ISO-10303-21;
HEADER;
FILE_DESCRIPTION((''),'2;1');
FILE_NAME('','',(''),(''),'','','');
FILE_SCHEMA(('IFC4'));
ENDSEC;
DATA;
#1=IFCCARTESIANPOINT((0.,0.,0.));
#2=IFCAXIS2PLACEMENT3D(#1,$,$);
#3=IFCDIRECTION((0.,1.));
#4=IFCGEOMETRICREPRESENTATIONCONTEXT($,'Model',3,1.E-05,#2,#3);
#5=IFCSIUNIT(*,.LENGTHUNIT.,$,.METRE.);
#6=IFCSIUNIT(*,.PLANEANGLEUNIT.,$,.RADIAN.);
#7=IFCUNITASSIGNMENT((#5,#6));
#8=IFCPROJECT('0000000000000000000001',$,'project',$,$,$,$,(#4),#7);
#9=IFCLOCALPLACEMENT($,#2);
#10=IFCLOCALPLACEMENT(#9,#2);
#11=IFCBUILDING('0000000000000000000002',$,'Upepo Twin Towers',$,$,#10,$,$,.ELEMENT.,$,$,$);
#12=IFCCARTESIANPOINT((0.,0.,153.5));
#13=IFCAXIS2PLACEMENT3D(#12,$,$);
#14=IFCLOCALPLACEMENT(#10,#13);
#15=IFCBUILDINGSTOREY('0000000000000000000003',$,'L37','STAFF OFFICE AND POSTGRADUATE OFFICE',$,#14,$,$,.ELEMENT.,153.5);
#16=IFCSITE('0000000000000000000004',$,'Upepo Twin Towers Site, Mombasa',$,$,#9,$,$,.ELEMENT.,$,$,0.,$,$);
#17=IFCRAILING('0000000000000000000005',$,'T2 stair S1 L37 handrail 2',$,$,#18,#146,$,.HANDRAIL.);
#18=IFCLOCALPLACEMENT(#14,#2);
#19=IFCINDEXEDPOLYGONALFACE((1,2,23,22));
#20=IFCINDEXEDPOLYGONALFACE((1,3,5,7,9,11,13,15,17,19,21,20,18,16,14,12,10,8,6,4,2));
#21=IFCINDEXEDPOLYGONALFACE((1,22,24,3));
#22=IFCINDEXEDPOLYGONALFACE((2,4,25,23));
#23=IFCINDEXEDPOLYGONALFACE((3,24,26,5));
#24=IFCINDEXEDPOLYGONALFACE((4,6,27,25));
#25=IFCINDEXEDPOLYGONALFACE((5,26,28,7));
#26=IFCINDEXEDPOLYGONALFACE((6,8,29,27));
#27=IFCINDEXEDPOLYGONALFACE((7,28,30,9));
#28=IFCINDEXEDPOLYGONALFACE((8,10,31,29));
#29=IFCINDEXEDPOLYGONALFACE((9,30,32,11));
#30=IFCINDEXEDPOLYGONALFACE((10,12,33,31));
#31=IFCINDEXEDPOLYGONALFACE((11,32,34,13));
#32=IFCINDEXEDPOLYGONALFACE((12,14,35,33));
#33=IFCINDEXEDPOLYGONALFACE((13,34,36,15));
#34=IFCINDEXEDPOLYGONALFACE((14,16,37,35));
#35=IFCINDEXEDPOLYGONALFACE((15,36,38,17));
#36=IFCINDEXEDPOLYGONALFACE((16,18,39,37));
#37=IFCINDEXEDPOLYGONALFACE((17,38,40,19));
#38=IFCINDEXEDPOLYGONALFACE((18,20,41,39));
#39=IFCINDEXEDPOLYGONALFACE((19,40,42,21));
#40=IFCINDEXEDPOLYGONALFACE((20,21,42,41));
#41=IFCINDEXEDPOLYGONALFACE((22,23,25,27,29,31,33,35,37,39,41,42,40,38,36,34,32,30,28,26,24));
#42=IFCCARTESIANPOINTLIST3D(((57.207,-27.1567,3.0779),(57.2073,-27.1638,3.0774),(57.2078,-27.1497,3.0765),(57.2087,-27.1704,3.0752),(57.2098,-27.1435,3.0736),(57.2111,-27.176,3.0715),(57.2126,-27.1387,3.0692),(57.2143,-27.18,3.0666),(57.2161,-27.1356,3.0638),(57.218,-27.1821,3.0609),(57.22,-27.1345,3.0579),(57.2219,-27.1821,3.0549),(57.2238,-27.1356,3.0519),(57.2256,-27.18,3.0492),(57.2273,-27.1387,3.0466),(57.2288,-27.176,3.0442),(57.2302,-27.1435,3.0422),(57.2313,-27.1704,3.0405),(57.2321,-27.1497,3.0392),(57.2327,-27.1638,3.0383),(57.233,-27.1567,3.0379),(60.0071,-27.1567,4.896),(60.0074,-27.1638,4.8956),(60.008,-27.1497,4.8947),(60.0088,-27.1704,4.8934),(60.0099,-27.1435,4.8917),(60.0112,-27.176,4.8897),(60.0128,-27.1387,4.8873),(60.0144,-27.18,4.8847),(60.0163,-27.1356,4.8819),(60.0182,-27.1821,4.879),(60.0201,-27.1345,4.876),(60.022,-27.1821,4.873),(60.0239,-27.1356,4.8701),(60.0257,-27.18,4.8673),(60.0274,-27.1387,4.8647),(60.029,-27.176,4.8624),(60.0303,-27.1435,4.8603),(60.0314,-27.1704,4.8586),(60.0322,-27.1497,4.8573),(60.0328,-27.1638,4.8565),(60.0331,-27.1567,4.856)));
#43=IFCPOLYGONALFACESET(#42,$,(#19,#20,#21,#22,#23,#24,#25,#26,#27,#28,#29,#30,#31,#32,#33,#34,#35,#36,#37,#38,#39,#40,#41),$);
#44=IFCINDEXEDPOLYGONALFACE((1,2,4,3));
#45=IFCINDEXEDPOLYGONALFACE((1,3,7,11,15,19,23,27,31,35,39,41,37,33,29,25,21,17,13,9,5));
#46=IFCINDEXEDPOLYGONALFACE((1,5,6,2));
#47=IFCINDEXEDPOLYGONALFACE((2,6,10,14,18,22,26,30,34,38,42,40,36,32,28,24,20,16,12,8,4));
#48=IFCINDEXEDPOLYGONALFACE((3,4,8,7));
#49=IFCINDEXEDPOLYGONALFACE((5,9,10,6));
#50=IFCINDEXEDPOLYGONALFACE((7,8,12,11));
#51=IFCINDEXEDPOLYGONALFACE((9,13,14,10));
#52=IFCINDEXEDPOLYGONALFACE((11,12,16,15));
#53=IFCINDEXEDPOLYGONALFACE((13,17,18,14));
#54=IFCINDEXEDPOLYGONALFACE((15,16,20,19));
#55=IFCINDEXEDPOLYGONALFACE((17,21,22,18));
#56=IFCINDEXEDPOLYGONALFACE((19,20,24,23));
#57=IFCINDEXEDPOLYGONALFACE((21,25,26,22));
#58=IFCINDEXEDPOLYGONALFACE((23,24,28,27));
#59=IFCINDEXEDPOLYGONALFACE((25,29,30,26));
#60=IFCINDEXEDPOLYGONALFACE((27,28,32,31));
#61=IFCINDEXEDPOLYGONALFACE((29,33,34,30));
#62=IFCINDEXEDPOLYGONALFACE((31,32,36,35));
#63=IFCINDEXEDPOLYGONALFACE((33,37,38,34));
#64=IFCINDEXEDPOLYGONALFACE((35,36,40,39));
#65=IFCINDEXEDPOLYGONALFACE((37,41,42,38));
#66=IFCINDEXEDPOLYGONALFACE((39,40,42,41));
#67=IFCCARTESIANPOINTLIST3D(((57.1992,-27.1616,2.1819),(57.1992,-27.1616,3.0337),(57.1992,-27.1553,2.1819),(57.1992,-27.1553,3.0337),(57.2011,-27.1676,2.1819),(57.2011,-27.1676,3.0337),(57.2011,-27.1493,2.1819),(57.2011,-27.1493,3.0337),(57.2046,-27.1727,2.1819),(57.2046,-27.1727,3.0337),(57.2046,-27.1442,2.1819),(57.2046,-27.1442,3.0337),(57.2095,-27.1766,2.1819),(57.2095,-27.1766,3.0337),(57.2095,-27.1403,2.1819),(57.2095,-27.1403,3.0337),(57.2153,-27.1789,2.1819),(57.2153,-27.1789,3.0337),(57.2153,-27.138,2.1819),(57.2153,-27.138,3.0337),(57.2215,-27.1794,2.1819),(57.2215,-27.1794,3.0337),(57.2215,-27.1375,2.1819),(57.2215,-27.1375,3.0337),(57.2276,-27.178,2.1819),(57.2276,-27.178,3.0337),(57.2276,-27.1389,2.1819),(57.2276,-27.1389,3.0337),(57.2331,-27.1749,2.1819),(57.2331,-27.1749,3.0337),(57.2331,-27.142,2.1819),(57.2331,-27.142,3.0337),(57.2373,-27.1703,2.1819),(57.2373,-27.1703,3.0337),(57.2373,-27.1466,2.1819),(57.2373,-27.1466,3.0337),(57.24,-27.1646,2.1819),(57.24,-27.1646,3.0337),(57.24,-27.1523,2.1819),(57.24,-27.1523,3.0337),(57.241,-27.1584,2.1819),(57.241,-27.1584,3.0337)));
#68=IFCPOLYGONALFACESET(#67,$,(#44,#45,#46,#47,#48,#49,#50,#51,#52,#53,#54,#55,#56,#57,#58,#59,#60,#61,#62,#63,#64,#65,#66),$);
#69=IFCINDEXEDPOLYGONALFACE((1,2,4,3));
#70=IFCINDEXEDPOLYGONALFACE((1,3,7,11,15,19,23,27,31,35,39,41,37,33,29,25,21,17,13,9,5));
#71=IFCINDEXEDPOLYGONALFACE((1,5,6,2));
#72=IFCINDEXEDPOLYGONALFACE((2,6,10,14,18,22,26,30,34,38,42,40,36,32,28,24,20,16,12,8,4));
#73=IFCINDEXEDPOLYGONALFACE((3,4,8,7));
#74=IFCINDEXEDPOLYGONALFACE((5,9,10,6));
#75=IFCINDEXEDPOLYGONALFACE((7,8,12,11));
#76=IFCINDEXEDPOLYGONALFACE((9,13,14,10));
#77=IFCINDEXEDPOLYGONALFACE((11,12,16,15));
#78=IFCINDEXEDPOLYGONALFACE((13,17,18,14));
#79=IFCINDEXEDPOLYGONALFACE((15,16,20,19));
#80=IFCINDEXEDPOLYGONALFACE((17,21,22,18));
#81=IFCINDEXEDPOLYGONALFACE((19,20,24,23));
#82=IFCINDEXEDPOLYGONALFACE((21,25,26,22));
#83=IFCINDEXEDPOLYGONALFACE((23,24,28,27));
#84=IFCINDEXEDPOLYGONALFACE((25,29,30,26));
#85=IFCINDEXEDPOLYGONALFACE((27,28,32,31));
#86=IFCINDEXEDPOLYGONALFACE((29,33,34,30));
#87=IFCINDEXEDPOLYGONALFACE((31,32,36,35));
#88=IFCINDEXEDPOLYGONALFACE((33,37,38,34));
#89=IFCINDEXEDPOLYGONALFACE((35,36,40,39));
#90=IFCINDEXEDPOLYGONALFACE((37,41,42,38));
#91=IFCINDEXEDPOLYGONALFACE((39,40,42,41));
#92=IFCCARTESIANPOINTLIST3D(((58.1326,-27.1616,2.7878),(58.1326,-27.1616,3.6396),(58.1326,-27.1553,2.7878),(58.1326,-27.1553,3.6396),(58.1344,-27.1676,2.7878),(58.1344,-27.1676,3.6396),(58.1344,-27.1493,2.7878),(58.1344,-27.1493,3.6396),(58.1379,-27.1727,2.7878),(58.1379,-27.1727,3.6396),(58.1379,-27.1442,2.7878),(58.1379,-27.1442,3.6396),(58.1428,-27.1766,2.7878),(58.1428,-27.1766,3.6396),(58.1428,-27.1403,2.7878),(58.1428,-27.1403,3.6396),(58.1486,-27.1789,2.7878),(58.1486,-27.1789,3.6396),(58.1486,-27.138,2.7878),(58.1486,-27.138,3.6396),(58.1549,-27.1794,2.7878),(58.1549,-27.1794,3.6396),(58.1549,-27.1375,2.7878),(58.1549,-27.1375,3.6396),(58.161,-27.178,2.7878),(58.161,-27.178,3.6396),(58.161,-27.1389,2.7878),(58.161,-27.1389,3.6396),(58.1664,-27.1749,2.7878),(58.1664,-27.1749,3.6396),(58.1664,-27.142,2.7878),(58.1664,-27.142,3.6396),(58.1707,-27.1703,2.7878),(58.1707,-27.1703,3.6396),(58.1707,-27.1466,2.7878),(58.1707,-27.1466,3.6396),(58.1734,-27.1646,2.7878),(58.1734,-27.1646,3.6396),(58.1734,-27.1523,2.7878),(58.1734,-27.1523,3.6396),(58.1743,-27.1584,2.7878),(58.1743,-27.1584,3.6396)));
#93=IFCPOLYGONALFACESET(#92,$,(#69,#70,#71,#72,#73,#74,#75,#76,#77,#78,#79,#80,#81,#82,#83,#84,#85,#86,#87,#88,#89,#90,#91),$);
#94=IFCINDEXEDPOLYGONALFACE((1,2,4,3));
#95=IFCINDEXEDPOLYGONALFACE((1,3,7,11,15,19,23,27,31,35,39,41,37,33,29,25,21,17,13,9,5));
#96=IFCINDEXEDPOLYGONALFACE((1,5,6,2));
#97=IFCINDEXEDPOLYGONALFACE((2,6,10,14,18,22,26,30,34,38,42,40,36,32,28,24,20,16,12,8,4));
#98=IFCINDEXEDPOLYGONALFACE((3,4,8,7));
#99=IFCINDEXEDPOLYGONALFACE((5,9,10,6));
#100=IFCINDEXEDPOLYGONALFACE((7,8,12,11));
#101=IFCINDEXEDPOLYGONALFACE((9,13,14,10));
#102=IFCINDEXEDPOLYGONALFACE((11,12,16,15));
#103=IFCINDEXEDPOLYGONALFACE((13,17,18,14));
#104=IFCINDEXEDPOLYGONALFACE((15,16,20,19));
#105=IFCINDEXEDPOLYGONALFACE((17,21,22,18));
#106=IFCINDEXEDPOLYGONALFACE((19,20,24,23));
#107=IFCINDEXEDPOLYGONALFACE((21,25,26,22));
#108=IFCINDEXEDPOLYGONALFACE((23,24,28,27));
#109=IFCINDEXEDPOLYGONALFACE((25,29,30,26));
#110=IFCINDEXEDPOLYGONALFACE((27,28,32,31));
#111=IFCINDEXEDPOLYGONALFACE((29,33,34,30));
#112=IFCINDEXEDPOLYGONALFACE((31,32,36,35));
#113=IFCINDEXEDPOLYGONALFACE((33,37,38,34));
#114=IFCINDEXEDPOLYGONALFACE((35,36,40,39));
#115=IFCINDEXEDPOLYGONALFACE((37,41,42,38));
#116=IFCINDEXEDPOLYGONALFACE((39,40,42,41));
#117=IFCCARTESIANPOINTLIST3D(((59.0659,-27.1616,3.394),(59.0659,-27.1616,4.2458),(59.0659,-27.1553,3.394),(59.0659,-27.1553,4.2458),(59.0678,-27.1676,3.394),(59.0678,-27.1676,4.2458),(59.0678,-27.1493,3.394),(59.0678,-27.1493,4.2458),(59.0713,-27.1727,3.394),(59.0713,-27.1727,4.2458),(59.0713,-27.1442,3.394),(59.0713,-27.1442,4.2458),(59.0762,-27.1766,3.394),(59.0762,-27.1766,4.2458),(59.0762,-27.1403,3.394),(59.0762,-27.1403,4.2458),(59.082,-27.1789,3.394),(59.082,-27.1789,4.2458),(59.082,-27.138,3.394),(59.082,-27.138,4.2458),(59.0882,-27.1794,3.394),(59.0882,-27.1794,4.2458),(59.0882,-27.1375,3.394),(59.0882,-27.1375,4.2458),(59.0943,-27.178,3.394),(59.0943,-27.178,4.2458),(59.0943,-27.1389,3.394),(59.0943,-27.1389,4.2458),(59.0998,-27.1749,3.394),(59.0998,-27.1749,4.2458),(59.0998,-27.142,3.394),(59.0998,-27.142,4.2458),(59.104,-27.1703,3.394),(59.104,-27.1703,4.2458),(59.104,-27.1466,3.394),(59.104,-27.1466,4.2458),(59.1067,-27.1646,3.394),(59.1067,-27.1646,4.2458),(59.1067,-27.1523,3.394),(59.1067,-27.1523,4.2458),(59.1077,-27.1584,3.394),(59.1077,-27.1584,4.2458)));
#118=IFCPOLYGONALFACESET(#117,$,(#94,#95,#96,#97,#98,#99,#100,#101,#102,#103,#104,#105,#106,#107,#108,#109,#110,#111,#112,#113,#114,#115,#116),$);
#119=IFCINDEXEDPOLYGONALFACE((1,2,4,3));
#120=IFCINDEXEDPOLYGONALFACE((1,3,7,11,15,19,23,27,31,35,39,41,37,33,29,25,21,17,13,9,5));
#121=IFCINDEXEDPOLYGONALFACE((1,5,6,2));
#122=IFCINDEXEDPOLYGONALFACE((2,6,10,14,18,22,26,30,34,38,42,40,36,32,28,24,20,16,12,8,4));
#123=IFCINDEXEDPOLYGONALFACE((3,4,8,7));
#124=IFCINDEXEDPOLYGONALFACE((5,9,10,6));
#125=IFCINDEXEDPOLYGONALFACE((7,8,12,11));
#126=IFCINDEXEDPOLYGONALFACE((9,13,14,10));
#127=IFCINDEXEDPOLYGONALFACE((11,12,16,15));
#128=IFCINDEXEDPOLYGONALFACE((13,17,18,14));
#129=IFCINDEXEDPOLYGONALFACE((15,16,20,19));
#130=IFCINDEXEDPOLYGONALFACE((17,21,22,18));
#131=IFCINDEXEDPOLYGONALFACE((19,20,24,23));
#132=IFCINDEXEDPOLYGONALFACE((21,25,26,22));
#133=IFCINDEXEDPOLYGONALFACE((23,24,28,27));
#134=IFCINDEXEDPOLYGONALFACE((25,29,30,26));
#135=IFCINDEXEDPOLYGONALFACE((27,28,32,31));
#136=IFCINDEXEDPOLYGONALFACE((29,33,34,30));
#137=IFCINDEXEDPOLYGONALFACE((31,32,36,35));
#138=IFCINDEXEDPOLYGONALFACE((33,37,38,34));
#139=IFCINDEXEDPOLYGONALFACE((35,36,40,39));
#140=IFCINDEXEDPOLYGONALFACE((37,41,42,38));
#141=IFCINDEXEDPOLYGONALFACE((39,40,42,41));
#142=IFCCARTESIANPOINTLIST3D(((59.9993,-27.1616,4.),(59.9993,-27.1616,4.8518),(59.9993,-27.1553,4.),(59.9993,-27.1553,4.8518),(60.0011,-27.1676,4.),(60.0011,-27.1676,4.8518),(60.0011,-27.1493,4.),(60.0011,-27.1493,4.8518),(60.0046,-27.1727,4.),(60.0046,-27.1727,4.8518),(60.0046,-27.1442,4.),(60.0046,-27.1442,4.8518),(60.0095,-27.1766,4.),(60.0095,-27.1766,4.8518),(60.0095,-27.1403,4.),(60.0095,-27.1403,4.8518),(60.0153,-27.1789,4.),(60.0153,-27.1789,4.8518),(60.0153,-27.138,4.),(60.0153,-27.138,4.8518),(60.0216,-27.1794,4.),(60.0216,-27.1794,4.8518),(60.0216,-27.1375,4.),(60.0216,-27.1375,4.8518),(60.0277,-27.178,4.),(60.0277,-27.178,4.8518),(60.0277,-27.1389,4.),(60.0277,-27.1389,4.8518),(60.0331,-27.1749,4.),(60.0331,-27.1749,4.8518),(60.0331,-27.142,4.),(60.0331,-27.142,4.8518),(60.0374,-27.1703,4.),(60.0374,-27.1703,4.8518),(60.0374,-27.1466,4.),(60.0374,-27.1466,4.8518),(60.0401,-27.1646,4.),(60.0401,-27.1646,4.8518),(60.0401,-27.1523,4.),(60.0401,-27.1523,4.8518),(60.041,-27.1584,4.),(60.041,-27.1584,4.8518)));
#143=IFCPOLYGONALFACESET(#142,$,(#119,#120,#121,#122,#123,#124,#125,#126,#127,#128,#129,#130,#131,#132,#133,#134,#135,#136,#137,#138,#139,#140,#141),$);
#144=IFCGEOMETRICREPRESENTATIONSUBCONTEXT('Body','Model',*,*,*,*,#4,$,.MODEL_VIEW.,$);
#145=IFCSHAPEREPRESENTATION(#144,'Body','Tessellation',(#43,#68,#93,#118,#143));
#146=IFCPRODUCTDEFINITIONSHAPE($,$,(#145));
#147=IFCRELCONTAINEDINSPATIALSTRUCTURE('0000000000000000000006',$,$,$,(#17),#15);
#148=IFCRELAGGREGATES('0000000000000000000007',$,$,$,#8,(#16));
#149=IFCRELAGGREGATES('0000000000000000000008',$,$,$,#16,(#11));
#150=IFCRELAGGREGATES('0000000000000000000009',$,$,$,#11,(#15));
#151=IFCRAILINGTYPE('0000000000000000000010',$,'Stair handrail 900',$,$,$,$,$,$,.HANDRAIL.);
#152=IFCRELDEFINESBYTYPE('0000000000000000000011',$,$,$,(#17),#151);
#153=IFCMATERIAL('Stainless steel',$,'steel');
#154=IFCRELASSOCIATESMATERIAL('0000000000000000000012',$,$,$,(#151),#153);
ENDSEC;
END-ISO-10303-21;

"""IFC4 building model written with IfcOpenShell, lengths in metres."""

from ifc_helpers import new_model, si_unit, direction, frame, origin, origin_2d, place, context, subcontext, project, spatial, circle, extrude, material, type_object, element, save


model = new_model("IFC4")

# Units and contexts
model_context = context("Model", 3, precision=1e-05, world=origin(), true_north=direction((0.0, 1.0)))
body_context = subcontext(model_context, "Body", "Model", "MODEL_VIEW")
ifc_project = project(units=[si_unit("LENGTHUNIT", "METRE"), si_unit("PLANEANGLEUNIT", "RADIAN")], contexts=[model_context])

# Site, building, storey
site_placement = place(None, origin())
site = spatial("IfcSite", under=ifc_project, at=site_placement, Name="Upepo Twin Towers Site, Mombasa", CompositionType="ELEMENT", RefElevation=0.0)
building_placement = place(site_placement, origin())
building = spatial("IfcBuilding", under=site, at=building_placement, Name="Upepo Twin Towers", CompositionType="ELEMENT")
storey_placement = place(building_placement, frame((0.0, 0.0, 153.5)))
storey = spatial("IfcBuildingStorey", under=building, at=storey_placement, Name="L37", Description="STAFF OFFICE AND POSTGRADUATE OFFICE", CompositionType="ELEMENT", Elevation=153.5)

# Railing
ifc_material_1 = material(Name="Stainless steel", Category="steel")
railing_type = type_object("IfcRailingType", Name="Stair handrail 900", PredefinedType="HANDRAIL", material=ifc_material_1)
railing_1_placement = place(storey_placement, frame((57.22, -27.1584, 2.1819)))
element("IfcRailing", 1, at=railing_1_placement, inside=storey, type_object=railing_type, Name="T2 stair S1 L37 handrail 2", PredefinedType="HANDRAIL", context=body_context, shape_type="SweptSolid", body=[
    extrude(circle(Radius=0.0239, at=origin_2d()), frame((0.0, 0.0, 0.876), z_axis=(0.838706, 0.0, 0.544585), x_axis=(0.0, 1.0, 0.0)), (0.0, 0.0, 1.0), 3.3386),
    extrude(circle(Radius=0.021, at=origin_2d()), origin(), (0.0, 0.0, 1.0), 0.8518),
    extrude(circle(Radius=0.021, at=origin_2d()), frame((0.9333, 0.0, 0.606)), (0.0, 0.0, 1.0), 0.8518),
    extrude(circle(Radius=0.021, at=origin_2d()), frame((1.8667, 0.0, 1.2122)), (0.0, 0.0, 1.0), 0.8518),
    extrude(circle(Radius=0.021, at=origin_2d()), frame((2.8, 0.0, 1.8181)), (0.0, 0.0, 1.0), 0.8518),
])

save(model, "model.ifc")
